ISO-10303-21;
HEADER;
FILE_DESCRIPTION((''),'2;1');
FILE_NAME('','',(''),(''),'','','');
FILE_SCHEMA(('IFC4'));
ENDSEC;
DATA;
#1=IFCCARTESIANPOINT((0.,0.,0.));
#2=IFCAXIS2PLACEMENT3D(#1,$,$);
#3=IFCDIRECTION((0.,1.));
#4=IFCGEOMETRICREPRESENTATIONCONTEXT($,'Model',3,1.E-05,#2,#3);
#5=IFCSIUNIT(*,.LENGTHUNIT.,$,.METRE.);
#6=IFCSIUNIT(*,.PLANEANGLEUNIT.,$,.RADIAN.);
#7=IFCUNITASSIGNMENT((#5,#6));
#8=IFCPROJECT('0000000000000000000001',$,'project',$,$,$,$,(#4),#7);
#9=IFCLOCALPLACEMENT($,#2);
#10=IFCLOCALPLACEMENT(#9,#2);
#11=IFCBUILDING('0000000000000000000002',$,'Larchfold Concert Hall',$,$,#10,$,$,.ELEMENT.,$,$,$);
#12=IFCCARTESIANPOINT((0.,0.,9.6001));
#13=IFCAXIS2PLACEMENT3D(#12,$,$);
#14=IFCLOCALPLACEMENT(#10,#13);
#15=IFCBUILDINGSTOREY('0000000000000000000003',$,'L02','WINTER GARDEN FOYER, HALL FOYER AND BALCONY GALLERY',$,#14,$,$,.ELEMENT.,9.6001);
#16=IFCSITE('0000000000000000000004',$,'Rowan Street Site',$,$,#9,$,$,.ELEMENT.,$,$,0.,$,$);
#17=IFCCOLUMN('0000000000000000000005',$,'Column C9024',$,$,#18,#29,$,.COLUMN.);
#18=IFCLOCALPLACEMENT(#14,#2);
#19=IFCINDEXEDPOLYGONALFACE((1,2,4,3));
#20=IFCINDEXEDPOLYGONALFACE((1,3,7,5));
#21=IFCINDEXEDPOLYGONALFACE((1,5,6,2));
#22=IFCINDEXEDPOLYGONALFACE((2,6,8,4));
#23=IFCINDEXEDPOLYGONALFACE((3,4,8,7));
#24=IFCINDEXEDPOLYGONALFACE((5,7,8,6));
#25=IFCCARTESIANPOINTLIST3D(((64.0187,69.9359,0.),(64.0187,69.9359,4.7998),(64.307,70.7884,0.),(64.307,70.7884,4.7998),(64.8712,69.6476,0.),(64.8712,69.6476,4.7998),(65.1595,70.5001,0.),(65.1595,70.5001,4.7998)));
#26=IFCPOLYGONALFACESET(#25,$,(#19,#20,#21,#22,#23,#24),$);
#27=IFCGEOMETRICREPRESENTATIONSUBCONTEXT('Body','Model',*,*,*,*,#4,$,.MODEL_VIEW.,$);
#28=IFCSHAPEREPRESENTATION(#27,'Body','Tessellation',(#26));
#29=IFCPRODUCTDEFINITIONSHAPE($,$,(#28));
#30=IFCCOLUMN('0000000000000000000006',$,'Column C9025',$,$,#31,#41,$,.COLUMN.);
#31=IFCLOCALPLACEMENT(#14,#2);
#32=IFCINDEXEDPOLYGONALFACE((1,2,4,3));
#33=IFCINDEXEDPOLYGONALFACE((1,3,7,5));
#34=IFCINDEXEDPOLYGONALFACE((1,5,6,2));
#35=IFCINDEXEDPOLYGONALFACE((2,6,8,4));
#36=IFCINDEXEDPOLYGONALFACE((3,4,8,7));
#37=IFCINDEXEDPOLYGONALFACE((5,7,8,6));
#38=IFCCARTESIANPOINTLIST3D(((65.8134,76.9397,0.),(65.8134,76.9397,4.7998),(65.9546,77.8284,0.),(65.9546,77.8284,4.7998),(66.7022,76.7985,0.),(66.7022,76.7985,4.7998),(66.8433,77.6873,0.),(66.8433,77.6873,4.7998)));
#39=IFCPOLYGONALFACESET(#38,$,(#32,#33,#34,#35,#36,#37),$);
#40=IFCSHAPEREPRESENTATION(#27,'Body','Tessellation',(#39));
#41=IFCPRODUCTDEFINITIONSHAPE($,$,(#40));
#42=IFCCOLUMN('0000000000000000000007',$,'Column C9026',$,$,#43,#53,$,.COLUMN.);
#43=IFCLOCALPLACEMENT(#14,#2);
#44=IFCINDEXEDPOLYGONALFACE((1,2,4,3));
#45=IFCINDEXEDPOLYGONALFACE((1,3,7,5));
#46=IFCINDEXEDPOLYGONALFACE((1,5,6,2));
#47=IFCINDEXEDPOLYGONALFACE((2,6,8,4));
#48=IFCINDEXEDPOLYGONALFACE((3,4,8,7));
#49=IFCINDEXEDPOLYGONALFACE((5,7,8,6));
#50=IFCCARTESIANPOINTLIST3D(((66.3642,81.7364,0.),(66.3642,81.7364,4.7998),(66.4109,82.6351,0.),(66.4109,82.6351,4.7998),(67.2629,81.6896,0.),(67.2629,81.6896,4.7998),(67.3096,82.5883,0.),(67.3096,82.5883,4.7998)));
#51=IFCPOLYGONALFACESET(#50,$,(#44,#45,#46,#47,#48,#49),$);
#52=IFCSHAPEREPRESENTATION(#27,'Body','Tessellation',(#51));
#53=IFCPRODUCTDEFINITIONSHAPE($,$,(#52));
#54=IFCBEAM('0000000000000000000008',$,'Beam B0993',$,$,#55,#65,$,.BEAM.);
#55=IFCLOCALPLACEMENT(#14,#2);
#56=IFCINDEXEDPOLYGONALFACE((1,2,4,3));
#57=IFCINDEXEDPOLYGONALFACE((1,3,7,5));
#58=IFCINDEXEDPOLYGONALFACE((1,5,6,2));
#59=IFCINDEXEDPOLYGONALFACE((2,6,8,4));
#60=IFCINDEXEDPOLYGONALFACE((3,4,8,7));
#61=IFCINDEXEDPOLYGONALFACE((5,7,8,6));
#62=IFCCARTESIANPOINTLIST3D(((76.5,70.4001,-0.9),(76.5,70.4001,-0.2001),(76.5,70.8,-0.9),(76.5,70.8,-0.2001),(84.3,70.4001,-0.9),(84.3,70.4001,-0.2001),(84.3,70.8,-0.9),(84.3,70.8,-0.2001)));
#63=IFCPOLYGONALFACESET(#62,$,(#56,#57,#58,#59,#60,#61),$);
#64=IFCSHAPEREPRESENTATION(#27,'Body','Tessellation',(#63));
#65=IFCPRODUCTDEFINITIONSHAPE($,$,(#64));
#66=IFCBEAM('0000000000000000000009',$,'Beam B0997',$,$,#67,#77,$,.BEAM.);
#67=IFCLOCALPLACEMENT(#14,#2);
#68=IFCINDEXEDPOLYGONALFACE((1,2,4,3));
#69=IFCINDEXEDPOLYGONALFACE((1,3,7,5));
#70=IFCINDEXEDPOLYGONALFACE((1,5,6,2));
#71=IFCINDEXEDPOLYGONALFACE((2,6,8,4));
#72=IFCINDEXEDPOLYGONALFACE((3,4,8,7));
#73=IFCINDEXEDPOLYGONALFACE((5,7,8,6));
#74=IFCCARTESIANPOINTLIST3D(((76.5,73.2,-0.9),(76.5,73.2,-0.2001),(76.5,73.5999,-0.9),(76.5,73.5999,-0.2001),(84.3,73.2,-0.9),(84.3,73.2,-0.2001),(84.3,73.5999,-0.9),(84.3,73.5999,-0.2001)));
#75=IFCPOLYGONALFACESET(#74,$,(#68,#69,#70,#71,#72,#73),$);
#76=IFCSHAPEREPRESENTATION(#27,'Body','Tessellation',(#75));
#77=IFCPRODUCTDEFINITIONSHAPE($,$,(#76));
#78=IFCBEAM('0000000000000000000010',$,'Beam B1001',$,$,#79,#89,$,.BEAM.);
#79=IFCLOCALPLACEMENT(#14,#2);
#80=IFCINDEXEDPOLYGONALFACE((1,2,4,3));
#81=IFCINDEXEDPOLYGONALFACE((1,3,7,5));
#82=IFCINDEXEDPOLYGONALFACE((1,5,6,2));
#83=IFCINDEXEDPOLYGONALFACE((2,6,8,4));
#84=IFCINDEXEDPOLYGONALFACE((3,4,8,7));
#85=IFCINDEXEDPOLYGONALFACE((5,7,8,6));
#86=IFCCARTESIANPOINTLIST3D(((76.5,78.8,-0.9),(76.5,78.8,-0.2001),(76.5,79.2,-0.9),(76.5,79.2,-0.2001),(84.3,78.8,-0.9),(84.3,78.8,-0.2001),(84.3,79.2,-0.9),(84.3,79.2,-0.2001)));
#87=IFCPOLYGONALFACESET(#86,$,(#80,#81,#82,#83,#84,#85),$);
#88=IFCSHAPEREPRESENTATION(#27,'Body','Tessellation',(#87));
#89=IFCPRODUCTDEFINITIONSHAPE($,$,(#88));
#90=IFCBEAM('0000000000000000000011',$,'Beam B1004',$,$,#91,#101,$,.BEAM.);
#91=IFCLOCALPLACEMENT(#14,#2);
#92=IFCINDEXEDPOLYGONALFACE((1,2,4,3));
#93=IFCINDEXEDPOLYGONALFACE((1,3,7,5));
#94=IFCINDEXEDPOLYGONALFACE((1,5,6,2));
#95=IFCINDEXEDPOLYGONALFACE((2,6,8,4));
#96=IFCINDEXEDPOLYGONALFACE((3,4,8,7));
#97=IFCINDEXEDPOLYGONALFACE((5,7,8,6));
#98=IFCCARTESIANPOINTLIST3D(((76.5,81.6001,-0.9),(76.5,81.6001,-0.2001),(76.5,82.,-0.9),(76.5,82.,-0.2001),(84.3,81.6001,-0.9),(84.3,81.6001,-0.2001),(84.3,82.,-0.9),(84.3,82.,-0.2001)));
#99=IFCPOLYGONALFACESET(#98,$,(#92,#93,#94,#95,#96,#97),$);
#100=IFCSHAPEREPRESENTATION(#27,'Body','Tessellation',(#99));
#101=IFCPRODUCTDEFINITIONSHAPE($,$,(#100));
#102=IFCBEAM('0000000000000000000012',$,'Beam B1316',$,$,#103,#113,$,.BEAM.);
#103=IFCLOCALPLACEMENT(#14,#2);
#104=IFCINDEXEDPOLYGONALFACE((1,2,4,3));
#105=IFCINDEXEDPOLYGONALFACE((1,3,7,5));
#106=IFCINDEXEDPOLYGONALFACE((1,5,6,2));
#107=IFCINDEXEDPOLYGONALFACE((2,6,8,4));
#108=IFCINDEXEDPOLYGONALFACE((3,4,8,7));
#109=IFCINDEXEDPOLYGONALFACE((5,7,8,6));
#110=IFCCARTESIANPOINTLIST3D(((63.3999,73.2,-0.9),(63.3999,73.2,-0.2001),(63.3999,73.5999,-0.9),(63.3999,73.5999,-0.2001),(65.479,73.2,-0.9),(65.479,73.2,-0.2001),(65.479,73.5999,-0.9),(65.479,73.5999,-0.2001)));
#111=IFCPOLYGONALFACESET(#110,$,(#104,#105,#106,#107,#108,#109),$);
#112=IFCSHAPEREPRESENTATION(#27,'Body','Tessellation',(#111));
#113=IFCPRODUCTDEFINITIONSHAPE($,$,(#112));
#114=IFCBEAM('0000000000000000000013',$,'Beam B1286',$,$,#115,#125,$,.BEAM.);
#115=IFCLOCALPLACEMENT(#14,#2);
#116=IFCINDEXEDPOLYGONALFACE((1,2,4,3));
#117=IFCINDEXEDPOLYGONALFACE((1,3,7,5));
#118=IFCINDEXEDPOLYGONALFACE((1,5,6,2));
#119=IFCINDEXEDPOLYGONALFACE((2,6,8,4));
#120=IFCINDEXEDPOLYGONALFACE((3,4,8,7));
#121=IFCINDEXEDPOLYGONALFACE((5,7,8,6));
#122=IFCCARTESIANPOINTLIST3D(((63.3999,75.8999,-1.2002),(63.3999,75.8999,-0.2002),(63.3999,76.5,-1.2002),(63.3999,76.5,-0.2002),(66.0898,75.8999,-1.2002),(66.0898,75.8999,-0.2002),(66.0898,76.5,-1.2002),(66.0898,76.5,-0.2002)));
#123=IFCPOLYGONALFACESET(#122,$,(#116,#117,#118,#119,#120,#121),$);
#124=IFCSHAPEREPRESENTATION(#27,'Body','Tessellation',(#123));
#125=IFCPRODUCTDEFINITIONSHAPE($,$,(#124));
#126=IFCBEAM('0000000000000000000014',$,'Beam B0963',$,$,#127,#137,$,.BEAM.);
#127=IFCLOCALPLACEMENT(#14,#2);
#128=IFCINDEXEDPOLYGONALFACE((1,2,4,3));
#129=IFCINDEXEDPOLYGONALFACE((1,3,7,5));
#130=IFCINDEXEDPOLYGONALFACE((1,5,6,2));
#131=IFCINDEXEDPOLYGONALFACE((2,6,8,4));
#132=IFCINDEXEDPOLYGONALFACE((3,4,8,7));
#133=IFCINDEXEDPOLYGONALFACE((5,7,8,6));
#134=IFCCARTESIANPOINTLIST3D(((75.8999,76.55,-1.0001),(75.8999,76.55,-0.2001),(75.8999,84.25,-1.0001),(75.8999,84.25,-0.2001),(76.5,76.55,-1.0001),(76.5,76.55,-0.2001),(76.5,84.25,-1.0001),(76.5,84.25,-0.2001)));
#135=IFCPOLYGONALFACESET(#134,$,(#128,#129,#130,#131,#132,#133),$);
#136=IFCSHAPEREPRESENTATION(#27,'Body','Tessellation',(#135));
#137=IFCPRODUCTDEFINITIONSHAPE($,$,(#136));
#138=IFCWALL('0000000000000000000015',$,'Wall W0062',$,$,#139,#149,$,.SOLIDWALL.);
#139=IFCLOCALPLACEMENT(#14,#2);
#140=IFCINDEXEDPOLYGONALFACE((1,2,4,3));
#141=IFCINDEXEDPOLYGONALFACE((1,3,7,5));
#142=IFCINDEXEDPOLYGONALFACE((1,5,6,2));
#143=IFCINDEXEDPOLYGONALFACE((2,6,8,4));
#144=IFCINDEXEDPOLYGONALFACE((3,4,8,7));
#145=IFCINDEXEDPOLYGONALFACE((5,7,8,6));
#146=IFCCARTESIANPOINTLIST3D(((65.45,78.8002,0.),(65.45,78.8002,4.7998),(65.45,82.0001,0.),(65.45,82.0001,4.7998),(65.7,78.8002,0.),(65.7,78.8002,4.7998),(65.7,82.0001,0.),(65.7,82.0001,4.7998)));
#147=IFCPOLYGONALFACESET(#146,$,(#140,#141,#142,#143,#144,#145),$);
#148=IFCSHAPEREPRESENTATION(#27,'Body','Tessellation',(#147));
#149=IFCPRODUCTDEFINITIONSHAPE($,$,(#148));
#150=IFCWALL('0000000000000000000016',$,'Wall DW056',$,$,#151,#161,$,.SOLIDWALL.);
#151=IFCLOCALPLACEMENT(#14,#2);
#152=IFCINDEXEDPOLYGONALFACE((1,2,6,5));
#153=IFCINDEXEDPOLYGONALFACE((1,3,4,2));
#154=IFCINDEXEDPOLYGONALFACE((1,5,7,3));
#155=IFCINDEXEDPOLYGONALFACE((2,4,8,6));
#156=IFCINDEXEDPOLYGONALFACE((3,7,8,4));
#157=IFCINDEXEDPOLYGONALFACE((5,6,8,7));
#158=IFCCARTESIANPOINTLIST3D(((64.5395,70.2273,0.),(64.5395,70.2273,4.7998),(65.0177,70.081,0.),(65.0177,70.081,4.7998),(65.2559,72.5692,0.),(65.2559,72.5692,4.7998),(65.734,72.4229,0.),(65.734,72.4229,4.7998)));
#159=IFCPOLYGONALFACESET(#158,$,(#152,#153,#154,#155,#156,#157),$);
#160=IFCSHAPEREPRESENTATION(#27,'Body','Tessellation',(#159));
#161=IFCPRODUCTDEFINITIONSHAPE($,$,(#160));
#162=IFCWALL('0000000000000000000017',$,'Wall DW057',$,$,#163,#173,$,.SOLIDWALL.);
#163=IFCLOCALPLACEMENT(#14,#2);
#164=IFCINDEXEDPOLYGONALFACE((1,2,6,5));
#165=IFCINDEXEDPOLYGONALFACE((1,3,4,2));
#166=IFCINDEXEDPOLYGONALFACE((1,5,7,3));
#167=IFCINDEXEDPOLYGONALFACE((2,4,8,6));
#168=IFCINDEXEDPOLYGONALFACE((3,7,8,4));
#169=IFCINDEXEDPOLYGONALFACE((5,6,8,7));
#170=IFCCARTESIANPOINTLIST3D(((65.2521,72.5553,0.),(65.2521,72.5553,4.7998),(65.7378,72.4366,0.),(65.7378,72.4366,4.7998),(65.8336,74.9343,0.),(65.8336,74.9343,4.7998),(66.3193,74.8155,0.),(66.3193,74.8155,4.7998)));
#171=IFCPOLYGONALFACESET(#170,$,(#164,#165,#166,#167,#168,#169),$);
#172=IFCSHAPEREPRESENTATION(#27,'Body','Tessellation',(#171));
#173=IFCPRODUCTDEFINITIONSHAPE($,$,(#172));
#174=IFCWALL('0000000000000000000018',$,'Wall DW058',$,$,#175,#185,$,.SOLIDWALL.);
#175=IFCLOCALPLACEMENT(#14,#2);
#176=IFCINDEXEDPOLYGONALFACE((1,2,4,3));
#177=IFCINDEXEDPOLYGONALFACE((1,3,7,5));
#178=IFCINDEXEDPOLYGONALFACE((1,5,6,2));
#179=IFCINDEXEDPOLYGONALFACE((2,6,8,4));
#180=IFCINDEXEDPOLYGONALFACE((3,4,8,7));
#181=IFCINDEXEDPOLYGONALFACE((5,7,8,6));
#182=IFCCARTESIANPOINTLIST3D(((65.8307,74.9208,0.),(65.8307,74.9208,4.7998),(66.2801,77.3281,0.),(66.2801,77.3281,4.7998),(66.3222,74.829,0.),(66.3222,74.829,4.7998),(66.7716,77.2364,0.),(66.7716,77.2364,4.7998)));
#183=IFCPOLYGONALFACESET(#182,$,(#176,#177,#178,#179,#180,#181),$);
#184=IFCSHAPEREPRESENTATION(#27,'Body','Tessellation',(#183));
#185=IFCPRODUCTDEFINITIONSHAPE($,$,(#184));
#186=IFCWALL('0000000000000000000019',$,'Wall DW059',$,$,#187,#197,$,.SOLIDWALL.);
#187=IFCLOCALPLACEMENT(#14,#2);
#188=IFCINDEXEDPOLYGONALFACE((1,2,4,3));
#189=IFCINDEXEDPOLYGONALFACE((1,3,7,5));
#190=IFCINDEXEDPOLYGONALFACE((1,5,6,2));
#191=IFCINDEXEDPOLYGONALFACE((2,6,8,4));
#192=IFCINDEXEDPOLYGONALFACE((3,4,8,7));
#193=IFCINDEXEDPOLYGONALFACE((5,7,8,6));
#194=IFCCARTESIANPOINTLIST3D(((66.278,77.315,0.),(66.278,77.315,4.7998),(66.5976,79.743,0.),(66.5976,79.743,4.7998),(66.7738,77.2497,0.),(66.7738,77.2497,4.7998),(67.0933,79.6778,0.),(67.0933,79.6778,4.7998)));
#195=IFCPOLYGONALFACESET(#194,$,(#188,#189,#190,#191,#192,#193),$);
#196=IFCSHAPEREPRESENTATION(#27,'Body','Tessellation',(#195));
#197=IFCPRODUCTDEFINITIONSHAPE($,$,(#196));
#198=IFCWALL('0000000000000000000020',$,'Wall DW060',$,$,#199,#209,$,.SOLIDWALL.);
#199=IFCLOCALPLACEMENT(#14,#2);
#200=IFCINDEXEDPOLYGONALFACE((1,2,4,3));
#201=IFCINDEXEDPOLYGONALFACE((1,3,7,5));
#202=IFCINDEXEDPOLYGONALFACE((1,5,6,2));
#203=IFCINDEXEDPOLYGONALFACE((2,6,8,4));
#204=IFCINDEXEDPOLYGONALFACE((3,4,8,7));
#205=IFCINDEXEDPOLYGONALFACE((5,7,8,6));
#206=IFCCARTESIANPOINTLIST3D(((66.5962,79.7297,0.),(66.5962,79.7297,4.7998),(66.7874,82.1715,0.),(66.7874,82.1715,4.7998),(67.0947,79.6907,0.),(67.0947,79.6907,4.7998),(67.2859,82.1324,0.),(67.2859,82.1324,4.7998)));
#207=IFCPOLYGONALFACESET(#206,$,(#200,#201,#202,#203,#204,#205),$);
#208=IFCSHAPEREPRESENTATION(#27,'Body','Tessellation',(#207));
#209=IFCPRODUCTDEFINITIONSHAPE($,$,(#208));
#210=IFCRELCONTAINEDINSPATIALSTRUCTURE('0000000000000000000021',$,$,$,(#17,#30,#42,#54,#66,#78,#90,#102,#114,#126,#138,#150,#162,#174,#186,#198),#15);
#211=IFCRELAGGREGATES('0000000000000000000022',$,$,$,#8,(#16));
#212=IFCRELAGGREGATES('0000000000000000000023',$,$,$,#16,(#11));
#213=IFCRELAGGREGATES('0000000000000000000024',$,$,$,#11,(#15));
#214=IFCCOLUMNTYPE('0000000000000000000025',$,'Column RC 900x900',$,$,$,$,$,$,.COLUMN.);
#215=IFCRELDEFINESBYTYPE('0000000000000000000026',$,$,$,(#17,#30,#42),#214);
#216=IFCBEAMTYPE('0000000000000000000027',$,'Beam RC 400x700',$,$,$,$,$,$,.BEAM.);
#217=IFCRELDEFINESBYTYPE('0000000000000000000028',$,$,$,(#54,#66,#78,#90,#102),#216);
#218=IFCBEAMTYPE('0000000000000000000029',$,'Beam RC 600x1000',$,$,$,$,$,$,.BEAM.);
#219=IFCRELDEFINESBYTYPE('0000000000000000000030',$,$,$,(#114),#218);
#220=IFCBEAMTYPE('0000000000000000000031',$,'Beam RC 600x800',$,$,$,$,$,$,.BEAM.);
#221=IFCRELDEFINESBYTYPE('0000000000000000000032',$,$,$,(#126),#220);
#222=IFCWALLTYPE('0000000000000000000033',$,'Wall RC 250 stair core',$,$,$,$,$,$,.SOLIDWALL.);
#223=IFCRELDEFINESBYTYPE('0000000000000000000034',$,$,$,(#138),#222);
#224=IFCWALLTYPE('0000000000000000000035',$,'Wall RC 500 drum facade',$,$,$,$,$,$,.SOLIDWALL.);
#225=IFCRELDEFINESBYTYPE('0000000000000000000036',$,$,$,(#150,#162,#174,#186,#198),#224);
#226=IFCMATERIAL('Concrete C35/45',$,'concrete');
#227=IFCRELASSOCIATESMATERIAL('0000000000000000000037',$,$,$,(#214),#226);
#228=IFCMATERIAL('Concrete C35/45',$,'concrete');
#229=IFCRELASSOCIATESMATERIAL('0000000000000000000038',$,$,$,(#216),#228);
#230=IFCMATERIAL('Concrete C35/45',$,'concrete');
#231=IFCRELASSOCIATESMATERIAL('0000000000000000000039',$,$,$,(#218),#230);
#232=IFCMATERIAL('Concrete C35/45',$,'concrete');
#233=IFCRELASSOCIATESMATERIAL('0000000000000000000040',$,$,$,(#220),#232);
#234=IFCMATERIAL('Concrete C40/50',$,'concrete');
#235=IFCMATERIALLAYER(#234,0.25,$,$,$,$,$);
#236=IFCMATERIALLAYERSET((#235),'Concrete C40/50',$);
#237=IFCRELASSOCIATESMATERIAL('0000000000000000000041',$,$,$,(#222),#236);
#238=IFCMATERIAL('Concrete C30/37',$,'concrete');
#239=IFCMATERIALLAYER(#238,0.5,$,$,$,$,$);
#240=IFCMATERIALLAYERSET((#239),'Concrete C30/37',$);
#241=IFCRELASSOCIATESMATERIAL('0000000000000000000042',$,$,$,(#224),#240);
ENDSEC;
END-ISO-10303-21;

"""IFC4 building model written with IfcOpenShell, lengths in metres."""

from ifc_helpers import new_model, si_unit, direction, frame, frame_2d, origin, origin_2d, place, context, subcontext, project, spatial, rectangle, extrude, material, layer, layer_set, material_profile, profile_set, type_object, element, save


model = new_model("IFC4")

# Units and contexts
model_context = context("Model", 3, precision=1e-05, world=origin(), true_north=direction((0.0, 1.0)))
body_context = subcontext(model_context, "Body", "Model", "MODEL_VIEW")
ifc_project = project(units=[si_unit("LENGTHUNIT", "METRE"), si_unit("PLANEANGLEUNIT", "RADIAN")], contexts=[model_context])

# Site, building, storey
site_placement = place(None, origin())
site = spatial("IfcSite", under=ifc_project, at=site_placement, Name="Rowan Street Site", CompositionType="ELEMENT", RefElevation=0.0)
building_placement = place(site_placement, origin())
building = spatial("IfcBuilding", under=site, at=building_placement, Name="Larchfold Concert Hall", CompositionType="ELEMENT")
storey_placement = place(building_placement, frame((0.0, 0.0, 9.6001)))
storey = spatial("IfcBuildingStorey", under=building, at=storey_placement, Name="L02", Description="WINTER GARDEN FOYER, HALL FOYER AND BALCONY GALLERY", CompositionType="ELEMENT", Elevation=9.6001)

# Columns
ifc_material_1 = material(Name="Concrete C35/45", Category="concrete")
ifc_material_profile_1 = material_profile(ifc_material_1, rectangle(XDim=0.8999, YDim=0.8999, at=origin_2d()))
ifc_profile_set_1 = profile_set([ifc_material_profile_1], Name="Concrete C35/45")
column_type = type_object("IfcColumnType", Name="Column RC 900x900", PredefinedType="COLUMN", material=ifc_profile_set_1)
for number, where, z_axis, x_axis, name in (
    (1, (64.5891, 70.218, 0.0), (0.0, 0.0, 1.0), (0.320383, 0.947288, 0.0), "Column C9024"),
    (2, (66.3284, 77.3135, 0.0), (0.0, 0.0, 1.0), (0.156847, 0.987623, 0.0), "Column C9025"),
    (3, (66.8369, 82.1624, 0.0), (0.0, 0.0, 1.0), (0.05195, 0.99865, 0.0), "Column C9026"),
):
    element("IfcColumn", number, at=place(storey_placement, frame(where, z_axis=z_axis, x_axis=x_axis)), inside=storey, type_object=column_type, Name=name, PredefinedType="COLUMN", context=body_context, shape_type="SweptSolid", body=[
        extrude(rectangle(XDim=0.8999, YDim=0.8999, at=origin_2d()), origin(), (0.0, 0.0, 1.0), 4.7998),
    ])

# Beams
ifc_material_2 = material(Name="Concrete C35/45", Category="concrete")
ifc_material_profile_2 = material_profile(ifc_material_2, rectangle(XDim=0.3999, YDim=0.7, at=origin_2d()))
ifc_profile_set_2 = profile_set([ifc_material_profile_2], Name="Concrete C35/45")
beam_type_1 = type_object("IfcBeamType", Name="Beam RC 400x700", PredefinedType="BEAM", material=ifc_profile_set_2)
for number, where, z_axis, x_axis, name in (
    (4, (76.5, 70.6001, -0.55), (1.0, 0.0, 0.0), (0.0, 1.0, 0.0), "Beam B0993"),
    (5, (76.5, 73.3999, -0.55), (1.0, 0.0, 0.0), (0.0, 1.0, 0.0), "Beam B0997"),
    (6, (76.5, 79.0, -0.55), (1.0, 0.0, 0.0), (0.0, 1.0, 0.0), "Beam B1001"),
    (7, (76.5, 81.8, -0.55), (1.0, 0.0, 0.0), (0.0, 1.0, 0.0), "Beam B1004"),
):
    element("IfcBeam", number, at=place(storey_placement, frame(where, z_axis=z_axis, x_axis=x_axis)), inside=storey, type_object=beam_type_1, Name=name, PredefinedType="BEAM", context=body_context, shape_type="SweptSolid", body=[
        extrude(rectangle(XDim=0.3999, YDim=0.7, at=origin_2d()), origin(), (0.0, 0.0, 1.0), 7.8),
    ])
beam_1_placement = place(storey_placement, frame((63.3999, 73.3999, -0.55), z_axis=(1.0, 0.0, 0.0), x_axis=(0.0, 1.0, 0.0)))
element("IfcBeam", 8, at=beam_1_placement, inside=storey, type_object=beam_type_1, Name="Beam B1316", PredefinedType="BEAM", context=body_context, shape_type="SweptSolid", body=[
    extrude(rectangle(XDim=0.3999, YDim=0.7, at=origin_2d()), origin(), (0.0, 0.0, 1.0), 2.0791),
])
ifc_material_3 = material(Name="Concrete C35/45", Category="concrete")
ifc_material_profile_3 = material_profile(ifc_material_3, rectangle(XDim=0.6001, YDim=1.0, at=origin_2d()))
ifc_profile_set_3 = profile_set([ifc_material_profile_3], Name="Concrete C35/45")
beam_type_2 = type_object("IfcBeamType", Name="Beam RC 600x1000", PredefinedType="BEAM", material=ifc_profile_set_3)
beam_2_placement = place(storey_placement, frame((63.3999, 76.2, -0.7002), z_axis=(1.0, 0.0, 0.0), x_axis=(0.0, 1.0, 0.0)))
element("IfcBeam", 9, at=beam_2_placement, inside=storey, type_object=beam_type_2, Name="Beam B1286", PredefinedType="BEAM", context=body_context, shape_type="SweptSolid", body=[
    extrude(rectangle(XDim=0.6001, YDim=1.0, at=origin_2d()), origin(), (0.0, 0.0, 1.0), 2.6899),
])
ifc_material_4 = material(Name="Concrete C35/45", Category="concrete")
ifc_material_profile_4 = material_profile(ifc_material_4, rectangle(XDim=0.6001, YDim=0.8, at=origin_2d()))
ifc_profile_set_4 = profile_set([ifc_material_profile_4], Name="Concrete C35/45")
beam_type_3 = type_object("IfcBeamType", Name="Beam RC 600x800", PredefinedType="BEAM", material=ifc_profile_set_4)
beam_3_placement = place(storey_placement, frame((76.2, 76.55, -0.6001), z_axis=(0.0, 1.0, 0.0), x_axis=(-1.0, 0.0, 0.0)))
element("IfcBeam", 10, at=beam_3_placement, inside=storey, type_object=beam_type_3, Name="Beam B0963", PredefinedType="BEAM", context=body_context, shape_type="SweptSolid", body=[
    extrude(rectangle(XDim=0.6001, YDim=0.8, at=origin_2d()), origin(), (0.0, 0.0, 1.0), 7.7),
])

# Walls
ifc_material_5 = material(Name="Concrete C40/50", Category="concrete")
ifc_layer_1 = layer(ifc_material_5, 0.25)
ifc_layer_set_1 = layer_set([ifc_layer_1], Name="Concrete C40/50")
wall_type_1 = type_object("IfcWallType", Name="Wall RC 250 stair core", PredefinedType="SOLIDWALL", material=ifc_layer_set_1)
wall_1_placement = place(storey_placement, frame((65.575, 78.8, 0.0), z_axis=(0.0, 0.0, 1.0), x_axis=(0.0, 1.0, 0.0)))
element("IfcWall", 11, at=wall_1_placement, inside=storey, type_object=wall_type_1, Name="Wall W0062", PredefinedType="SOLIDWALL", context=body_context, shape_type="SweptSolid", body=[
    extrude(rectangle(XDim=3.2, YDim=0.25, at=frame_2d((1.6001, 0.0))), origin(), (0.0, 0.0, 1.0), 4.7998),
])
ifc_material_6 = material(Name="Concrete C30/37", Category="concrete")
ifc_layer_2 = layer(ifc_material_6, 0.5)
ifc_layer_set_2 = layer_set([ifc_layer_2], Name="Concrete C30/37")
wall_type_2 = type_object("IfcWallType", Name="Wall RC 500 drum facade", PredefinedType="SOLIDWALL", material=ifc_layer_set_2)
for number, where, z_axis, x_axis, name in (
    (12, (64.7786, 70.1541, 0.0), (0.0, 0.0, 1.0), (0.292502, 0.956265, 0.0), "Wall DW056"),
    (13, (65.4949, 72.4958, 0.0), (0.0, 0.0, 1.0), (0.237466, 0.971396, 0.0), "Wall DW057"),
    (14, (66.0764, 74.8748, 0.0), (0.0, 0.0, 1.0), (0.183524, 0.983015, 0.0), "Wall DW058"),
    (15, (66.5259, 77.2822, 0.0), (0.0, 0.0, 1.0), (0.130498, 0.991449, 0.0), "Wall DW059"),
):
    element("IfcWall", number, at=place(storey_placement, frame(where, z_axis=z_axis, x_axis=x_axis)), inside=storey, type_object=wall_type_2, Name=name, PredefinedType="SOLIDWALL", context=body_context, shape_type="SweptSolid", body=[
        extrude(rectangle(XDim=2.449, YDim=0.5, at=frame_2d((1.2246, 0.0))), origin(), (0.0, 0.0, 1.0), 4.7998),
    ])
wall_2_placement = place(storey_placement, frame((66.8455, 79.7102, 0.0), z_axis=(0.0, 0.0, 1.0), x_axis=(0.078053, 0.996949, 0.0)))
element("IfcWall", 16, at=wall_2_placement, inside=storey, type_object=wall_type_2, Name="Wall DW060", PredefinedType="SOLIDWALL", context=body_context, shape_type="SweptSolid", body=[
    extrude(rectangle(XDim=2.4492, YDim=0.5, at=frame_2d((1.2246, 0.0))), origin(), (0.0, 0.0, 1.0), 4.7998),
])

save(model, "model.ifc")
